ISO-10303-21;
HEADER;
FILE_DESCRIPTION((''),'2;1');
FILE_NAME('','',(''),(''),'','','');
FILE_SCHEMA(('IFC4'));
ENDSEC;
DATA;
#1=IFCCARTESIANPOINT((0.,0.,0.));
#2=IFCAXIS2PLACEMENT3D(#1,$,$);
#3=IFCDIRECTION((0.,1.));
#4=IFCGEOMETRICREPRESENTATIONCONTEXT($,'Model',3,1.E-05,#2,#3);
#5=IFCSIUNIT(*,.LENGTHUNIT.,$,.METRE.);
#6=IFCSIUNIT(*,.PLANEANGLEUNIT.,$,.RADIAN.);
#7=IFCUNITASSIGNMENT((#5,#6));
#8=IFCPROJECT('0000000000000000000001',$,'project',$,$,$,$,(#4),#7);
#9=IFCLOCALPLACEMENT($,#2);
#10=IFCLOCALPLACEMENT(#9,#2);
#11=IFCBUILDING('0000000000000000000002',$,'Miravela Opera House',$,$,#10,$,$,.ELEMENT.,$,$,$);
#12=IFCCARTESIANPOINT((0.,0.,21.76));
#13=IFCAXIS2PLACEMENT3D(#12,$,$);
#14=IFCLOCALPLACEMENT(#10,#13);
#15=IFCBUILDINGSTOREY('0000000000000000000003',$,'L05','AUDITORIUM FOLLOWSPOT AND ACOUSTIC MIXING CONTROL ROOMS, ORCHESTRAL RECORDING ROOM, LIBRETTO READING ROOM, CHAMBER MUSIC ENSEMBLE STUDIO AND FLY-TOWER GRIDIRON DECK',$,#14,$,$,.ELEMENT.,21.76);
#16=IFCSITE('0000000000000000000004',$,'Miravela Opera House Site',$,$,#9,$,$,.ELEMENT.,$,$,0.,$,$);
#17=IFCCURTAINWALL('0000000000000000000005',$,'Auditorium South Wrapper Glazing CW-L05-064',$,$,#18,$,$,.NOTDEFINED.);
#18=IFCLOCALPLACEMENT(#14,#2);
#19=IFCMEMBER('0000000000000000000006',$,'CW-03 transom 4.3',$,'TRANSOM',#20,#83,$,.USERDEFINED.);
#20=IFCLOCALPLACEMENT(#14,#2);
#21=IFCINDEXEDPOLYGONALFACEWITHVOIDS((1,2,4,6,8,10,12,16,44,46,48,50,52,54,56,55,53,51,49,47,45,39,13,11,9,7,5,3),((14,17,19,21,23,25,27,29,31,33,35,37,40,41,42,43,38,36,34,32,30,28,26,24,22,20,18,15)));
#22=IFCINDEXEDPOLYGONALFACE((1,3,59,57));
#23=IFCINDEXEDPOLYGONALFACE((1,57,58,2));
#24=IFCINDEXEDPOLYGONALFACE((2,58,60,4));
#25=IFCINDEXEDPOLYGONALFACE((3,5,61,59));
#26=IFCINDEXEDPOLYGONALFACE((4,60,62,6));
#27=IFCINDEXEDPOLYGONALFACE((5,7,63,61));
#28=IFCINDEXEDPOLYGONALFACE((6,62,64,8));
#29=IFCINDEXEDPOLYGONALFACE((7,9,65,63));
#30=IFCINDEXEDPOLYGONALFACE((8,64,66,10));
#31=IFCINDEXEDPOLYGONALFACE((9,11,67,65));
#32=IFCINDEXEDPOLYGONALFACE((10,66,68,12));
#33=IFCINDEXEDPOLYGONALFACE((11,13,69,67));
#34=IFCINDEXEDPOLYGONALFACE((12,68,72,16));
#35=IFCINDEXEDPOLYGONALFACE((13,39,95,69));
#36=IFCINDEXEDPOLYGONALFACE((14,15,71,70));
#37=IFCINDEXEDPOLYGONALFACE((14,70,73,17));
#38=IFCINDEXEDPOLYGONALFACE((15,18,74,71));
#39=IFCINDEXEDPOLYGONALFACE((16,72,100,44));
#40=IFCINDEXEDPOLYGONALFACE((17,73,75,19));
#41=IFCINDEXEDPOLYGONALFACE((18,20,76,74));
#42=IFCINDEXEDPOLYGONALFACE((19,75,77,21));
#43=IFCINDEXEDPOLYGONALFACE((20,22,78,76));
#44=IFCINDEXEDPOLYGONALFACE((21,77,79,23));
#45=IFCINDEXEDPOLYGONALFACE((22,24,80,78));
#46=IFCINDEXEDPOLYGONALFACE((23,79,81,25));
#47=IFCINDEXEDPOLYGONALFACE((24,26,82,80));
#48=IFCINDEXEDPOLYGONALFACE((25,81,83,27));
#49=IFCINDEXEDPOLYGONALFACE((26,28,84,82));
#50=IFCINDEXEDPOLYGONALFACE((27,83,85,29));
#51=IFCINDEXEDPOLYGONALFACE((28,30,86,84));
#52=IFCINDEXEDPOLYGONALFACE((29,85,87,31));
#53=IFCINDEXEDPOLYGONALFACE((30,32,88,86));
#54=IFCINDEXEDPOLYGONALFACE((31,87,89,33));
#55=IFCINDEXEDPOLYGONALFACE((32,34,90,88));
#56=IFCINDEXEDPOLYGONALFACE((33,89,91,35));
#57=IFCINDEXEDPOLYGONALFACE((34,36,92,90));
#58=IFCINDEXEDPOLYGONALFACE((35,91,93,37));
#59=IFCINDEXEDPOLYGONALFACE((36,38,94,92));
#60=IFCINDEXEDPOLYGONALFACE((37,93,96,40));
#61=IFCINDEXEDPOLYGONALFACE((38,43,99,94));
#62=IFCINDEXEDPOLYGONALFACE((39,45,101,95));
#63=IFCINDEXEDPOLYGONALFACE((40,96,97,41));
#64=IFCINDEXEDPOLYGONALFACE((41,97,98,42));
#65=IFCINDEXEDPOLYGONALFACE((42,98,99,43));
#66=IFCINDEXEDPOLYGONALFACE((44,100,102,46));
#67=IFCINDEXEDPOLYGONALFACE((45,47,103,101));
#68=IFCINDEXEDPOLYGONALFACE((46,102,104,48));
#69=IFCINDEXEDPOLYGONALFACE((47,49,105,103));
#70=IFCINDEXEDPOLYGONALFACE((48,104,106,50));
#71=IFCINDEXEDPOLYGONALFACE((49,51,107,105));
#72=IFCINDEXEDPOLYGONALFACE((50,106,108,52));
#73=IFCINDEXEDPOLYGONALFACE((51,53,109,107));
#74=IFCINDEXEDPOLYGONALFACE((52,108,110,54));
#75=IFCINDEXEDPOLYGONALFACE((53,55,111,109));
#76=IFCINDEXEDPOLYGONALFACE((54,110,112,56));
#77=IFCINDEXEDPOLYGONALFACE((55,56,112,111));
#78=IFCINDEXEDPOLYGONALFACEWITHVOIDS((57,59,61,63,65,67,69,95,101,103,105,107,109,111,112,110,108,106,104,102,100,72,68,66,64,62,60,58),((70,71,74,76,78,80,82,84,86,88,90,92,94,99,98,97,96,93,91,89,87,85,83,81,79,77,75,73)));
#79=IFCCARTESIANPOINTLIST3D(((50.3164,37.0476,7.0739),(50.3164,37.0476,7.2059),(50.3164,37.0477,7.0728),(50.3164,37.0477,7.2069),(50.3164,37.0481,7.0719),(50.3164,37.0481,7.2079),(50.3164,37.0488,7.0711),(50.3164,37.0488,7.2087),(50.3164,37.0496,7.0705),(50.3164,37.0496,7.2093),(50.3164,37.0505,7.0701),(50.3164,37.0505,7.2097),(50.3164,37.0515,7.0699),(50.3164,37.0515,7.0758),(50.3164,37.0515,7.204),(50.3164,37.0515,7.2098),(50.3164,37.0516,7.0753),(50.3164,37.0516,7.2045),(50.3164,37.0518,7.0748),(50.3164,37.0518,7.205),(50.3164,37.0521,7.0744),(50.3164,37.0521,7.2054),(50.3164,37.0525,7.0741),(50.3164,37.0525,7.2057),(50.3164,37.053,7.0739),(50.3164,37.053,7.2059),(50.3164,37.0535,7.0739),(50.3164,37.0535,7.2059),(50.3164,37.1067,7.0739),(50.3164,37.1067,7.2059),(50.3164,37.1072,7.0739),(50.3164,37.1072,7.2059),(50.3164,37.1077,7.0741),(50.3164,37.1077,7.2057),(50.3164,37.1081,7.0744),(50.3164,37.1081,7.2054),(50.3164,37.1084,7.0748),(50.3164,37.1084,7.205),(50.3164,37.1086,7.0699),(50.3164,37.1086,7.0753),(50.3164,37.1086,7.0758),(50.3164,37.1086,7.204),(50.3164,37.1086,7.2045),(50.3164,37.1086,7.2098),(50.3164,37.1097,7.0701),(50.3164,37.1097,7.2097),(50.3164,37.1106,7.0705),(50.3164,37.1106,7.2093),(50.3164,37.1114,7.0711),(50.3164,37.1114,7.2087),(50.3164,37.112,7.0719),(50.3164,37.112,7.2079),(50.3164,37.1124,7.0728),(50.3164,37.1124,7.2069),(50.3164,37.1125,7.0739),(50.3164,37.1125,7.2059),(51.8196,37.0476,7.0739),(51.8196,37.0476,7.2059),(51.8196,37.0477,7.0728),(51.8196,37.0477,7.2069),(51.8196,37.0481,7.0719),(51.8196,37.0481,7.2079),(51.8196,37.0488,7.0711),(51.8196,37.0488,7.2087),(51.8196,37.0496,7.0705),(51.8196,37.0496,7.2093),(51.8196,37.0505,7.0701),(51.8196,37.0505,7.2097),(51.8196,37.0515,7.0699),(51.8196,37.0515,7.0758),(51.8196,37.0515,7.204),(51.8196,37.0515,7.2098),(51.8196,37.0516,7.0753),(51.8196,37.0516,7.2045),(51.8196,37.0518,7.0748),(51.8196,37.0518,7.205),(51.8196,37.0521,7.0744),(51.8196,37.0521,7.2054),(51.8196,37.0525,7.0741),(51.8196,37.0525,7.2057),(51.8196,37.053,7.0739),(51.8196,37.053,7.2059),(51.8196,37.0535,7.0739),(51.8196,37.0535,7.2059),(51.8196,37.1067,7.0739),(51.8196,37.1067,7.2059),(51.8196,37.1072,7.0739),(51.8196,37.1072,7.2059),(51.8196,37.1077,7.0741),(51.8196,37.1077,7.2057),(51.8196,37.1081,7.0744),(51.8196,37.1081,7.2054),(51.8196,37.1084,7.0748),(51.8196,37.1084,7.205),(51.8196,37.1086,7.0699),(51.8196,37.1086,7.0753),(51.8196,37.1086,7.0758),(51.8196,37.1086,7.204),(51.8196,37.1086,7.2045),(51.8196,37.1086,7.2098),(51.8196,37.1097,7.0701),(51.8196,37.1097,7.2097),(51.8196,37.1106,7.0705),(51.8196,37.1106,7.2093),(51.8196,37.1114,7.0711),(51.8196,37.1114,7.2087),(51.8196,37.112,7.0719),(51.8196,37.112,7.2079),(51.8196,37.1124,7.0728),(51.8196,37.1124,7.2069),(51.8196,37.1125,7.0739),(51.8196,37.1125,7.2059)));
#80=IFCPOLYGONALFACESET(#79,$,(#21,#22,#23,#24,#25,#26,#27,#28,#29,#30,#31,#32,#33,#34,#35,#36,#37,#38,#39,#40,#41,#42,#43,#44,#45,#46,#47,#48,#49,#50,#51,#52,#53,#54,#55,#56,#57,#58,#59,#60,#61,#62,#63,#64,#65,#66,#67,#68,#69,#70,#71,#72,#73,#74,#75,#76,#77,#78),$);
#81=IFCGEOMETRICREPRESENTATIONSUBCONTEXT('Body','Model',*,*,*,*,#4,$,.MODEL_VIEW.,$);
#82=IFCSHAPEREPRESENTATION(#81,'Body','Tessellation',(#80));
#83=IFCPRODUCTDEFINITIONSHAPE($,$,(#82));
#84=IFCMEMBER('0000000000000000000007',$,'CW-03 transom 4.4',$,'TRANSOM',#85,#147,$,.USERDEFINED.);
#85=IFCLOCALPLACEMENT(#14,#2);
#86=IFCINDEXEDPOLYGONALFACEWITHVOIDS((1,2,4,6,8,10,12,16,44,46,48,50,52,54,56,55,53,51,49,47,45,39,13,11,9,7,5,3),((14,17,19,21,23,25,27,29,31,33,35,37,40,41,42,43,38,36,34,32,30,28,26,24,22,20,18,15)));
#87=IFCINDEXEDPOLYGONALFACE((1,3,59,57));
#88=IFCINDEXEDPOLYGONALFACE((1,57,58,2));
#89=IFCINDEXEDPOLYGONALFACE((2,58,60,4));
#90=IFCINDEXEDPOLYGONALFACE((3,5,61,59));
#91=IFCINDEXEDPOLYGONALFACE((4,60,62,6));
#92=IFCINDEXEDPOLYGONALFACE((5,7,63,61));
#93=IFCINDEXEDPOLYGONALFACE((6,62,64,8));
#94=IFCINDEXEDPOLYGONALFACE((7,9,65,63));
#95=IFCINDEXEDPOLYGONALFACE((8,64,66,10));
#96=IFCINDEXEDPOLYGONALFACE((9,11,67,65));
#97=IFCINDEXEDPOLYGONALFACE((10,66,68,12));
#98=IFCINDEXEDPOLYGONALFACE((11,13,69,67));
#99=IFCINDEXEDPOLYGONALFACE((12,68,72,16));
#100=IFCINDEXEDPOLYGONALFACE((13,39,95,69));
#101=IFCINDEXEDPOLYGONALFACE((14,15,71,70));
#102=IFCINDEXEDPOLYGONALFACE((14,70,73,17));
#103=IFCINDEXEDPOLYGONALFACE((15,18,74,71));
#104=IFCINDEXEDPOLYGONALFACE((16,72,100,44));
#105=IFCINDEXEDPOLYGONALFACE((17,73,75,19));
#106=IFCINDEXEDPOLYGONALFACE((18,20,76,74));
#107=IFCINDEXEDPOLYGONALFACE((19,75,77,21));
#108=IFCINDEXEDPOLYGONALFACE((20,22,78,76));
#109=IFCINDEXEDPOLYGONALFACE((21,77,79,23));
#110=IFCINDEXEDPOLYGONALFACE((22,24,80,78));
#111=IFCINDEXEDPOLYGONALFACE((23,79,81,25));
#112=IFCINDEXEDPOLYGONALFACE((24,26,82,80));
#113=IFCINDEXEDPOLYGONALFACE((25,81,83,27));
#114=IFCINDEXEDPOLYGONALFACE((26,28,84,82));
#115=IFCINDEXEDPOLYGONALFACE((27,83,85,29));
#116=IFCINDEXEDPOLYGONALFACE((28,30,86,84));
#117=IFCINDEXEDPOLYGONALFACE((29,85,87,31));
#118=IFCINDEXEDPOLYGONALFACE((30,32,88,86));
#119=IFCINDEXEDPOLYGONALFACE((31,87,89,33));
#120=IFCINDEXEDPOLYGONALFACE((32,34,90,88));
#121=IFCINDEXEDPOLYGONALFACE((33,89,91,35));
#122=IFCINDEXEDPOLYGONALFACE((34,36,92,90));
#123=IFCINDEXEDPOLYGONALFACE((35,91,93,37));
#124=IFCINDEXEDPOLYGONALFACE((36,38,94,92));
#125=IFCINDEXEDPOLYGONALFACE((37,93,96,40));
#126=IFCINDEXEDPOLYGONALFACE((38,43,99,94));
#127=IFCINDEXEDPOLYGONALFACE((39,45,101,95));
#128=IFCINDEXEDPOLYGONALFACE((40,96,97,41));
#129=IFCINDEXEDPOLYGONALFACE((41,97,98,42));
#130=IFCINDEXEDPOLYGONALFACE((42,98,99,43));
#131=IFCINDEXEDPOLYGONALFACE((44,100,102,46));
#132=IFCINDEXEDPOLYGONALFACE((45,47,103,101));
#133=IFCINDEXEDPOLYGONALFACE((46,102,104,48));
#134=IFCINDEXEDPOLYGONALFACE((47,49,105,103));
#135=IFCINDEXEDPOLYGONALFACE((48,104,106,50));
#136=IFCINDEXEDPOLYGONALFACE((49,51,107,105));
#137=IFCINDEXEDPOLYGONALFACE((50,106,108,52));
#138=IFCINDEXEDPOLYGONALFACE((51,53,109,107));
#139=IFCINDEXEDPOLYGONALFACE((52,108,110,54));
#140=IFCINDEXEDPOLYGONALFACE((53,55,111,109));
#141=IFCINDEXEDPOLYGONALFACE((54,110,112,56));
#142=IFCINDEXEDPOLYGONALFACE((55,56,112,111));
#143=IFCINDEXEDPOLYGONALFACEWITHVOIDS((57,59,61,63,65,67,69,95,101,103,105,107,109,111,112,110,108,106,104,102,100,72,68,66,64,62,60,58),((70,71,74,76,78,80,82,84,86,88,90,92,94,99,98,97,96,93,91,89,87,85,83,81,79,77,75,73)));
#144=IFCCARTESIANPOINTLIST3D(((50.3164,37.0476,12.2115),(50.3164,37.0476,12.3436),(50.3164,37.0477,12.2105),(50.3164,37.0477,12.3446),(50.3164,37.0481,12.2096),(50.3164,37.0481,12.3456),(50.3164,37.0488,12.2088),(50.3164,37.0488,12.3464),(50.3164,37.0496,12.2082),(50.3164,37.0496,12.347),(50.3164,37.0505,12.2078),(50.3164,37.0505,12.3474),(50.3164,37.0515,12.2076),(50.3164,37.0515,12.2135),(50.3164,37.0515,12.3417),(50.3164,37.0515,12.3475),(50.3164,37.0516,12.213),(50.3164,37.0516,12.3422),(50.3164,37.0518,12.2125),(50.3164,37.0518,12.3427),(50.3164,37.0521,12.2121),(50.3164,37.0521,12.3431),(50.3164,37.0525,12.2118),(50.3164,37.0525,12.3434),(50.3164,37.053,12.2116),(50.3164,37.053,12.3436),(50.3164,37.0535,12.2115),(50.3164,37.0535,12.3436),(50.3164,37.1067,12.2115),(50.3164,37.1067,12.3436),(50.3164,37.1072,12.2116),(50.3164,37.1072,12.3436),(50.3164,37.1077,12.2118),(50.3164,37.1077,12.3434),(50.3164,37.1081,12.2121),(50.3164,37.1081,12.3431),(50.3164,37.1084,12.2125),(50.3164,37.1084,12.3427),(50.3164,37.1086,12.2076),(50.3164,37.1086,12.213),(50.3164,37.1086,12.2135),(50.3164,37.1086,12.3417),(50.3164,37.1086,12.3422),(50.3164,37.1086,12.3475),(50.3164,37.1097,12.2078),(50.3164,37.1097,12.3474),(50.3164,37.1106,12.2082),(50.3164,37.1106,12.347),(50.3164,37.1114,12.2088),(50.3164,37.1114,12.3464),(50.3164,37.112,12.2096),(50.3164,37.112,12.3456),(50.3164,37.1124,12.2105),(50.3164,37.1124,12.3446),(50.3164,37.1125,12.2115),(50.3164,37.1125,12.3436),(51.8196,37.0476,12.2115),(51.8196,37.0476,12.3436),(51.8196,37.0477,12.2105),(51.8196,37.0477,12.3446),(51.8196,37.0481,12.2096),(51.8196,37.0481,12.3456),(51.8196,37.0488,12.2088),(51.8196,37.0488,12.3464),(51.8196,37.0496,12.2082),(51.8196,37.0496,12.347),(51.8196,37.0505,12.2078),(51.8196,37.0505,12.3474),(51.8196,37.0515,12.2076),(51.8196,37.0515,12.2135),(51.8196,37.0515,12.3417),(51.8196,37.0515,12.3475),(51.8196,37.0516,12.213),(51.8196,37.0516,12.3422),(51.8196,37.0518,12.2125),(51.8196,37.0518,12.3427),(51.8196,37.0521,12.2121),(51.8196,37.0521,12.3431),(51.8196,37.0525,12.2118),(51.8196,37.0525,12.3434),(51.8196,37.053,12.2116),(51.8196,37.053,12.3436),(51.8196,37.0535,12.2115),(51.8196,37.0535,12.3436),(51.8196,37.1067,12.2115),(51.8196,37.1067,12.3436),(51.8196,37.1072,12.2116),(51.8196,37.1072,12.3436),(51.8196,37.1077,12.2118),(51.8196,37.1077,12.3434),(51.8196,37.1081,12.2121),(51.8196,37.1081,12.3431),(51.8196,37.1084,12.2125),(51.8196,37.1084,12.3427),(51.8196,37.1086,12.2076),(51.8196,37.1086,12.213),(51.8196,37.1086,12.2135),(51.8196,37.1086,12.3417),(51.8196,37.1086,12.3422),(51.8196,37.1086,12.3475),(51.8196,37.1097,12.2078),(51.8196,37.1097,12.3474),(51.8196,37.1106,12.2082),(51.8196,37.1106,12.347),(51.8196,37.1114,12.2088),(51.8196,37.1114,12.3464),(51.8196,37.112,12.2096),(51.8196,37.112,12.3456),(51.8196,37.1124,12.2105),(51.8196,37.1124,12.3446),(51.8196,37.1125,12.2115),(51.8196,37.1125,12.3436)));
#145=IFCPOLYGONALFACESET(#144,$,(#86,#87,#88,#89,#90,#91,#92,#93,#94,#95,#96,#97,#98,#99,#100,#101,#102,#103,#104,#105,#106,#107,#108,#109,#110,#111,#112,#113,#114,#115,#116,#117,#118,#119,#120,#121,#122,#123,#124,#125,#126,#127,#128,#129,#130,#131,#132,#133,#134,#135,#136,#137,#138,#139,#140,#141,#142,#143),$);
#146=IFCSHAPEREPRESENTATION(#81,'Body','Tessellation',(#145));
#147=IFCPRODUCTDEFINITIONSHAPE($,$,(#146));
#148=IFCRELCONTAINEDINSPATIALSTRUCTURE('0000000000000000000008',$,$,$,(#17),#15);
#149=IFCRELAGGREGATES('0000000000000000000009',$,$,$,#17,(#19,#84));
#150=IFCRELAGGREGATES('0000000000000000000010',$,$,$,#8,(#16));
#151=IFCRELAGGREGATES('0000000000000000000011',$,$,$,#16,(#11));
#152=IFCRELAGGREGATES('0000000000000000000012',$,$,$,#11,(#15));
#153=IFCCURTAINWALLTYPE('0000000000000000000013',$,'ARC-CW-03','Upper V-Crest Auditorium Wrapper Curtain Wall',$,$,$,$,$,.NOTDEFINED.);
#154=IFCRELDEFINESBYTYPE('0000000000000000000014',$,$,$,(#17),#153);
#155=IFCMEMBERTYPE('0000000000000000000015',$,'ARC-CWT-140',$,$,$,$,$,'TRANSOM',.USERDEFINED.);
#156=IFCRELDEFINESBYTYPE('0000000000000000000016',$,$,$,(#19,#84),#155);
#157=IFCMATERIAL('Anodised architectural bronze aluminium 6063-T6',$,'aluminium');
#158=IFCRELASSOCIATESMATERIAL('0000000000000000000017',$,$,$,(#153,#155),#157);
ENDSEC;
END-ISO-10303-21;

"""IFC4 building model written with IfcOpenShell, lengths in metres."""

from ifc_helpers import new_model, si_unit, direction, frame, origin, origin_2d, place, context, subcontext, project, spatial, hollow_rectangle, extrude, material, material_profile, profile_set, type_object, element, aggregate, save


model = new_model("IFC4")

# Units and contexts
model_context = context("Model", 3, precision=1e-05, world=origin(), true_north=direction((0.0, 1.0)))
body_context = subcontext(model_context, "Body", "Model", "MODEL_VIEW")
ifc_project = project(units=[si_unit("LENGTHUNIT", "METRE"), si_unit("PLANEANGLEUNIT", "RADIAN")], contexts=[model_context])

# Site, building, storey
site_placement = place(None, origin())
site = spatial("IfcSite", under=ifc_project, at=site_placement, Name="Miravela Opera House Site", CompositionType="ELEMENT", RefElevation=0.0)
building_placement = place(site_placement, origin())
building = spatial("IfcBuilding", under=site, at=building_placement, Name="Miravela Opera House", CompositionType="ELEMENT")
storey_placement = place(building_placement, frame((0.0, 0.0, 21.76)))
storey = spatial("IfcBuildingStorey", under=building, at=storey_placement, Name="L05", Description="AUDITORIUM FOLLOWSPOT AND ACOUSTIC MIXING CONTROL ROOMS, ORCHESTRAL RECORDING ROOM, LIBRETTO READING ROOM, CHAMBER MUSIC ENSEMBLE STUDIO AND FLY-TOWER GRIDIRON DECK", CompositionType="ELEMENT", Elevation=21.76)

# Curtain wall, members
ifc_material_1 = material(Name="Anodised architectural bronze aluminium 6063-T6", Category="aluminium")
curtain_wall_type = type_object("IfcCurtainWallType", Name="ARC-CW-03", Description="Upper V-Crest Auditorium Wrapper Curtain Wall", PredefinedType="NOTDEFINED", material=ifc_material_1)
curtain_wall_1_placement = place(storey_placement, origin())
curtain_wall_1 = element("IfcCurtainWall", 1, at=curtain_wall_1_placement, inside=storey, type_object=curtain_wall_type, Name="Auditorium South Wrapper Glazing CW-L05-064", PredefinedType="NOTDEFINED")
ifc_material_profile_1 = material_profile(ifc_material_1, hollow_rectangle(XDim=0.0649, YDim=0.1399, WallThickness=0.0039, InnerFilletRadius=0.002, OuterFilletRadius=0.0039, at=origin_2d()), Name="CWT-65X140")
ifc_profile_set_1 = profile_set([ifc_material_profile_1])
member_type_1 = type_object("IfcMemberType", Name="ARC-CWT-140", ElementType="TRANSOM", PredefinedType="USERDEFINED", material=ifc_profile_set_1)
member_1_placement = place(storey_placement, frame((50.3164, 37.0801, 7.1399), z_axis=(1.0, 0.0, 0.0), x_axis=(0.0, 1.0, 0.0)))
member_1 = element("IfcMember", 2, at=member_1_placement, type_object=member_type_1, Name="CW-03 transom 4.3", ObjectType="TRANSOM", PredefinedType="USERDEFINED", context=body_context, shape_type="SweptSolid", body=[
    extrude(hollow_rectangle(XDim=0.0649, YDim=0.1399, WallThickness=0.0039, InnerFilletRadius=0.002, OuterFilletRadius=0.0039, at=origin_2d()), origin(), (0.0, 0.0, 1.0), 1.5032),
])
member_2_placement = place(storey_placement, frame((50.3164, 37.0801, 12.2776), z_axis=(1.0, 0.0, 0.0), x_axis=(0.0, 1.0, 0.0)))
member_2 = element("IfcMember", 3, at=member_2_placement, type_object=member_type_1, Name="CW-03 transom 4.4", ObjectType="TRANSOM", PredefinedType="USERDEFINED", context=body_context, shape_type="SweptSolid", body=[
    extrude(hollow_rectangle(XDim=0.0649, YDim=0.1399, WallThickness=0.0039, InnerFilletRadius=0.002, OuterFilletRadius=0.0039, at=origin_2d()), origin(), (0.0, 0.0, 1.0), 1.5032),
])

aggregate(curtain_wall_1, [member_1, member_2])

save(model, "model.ifc")
